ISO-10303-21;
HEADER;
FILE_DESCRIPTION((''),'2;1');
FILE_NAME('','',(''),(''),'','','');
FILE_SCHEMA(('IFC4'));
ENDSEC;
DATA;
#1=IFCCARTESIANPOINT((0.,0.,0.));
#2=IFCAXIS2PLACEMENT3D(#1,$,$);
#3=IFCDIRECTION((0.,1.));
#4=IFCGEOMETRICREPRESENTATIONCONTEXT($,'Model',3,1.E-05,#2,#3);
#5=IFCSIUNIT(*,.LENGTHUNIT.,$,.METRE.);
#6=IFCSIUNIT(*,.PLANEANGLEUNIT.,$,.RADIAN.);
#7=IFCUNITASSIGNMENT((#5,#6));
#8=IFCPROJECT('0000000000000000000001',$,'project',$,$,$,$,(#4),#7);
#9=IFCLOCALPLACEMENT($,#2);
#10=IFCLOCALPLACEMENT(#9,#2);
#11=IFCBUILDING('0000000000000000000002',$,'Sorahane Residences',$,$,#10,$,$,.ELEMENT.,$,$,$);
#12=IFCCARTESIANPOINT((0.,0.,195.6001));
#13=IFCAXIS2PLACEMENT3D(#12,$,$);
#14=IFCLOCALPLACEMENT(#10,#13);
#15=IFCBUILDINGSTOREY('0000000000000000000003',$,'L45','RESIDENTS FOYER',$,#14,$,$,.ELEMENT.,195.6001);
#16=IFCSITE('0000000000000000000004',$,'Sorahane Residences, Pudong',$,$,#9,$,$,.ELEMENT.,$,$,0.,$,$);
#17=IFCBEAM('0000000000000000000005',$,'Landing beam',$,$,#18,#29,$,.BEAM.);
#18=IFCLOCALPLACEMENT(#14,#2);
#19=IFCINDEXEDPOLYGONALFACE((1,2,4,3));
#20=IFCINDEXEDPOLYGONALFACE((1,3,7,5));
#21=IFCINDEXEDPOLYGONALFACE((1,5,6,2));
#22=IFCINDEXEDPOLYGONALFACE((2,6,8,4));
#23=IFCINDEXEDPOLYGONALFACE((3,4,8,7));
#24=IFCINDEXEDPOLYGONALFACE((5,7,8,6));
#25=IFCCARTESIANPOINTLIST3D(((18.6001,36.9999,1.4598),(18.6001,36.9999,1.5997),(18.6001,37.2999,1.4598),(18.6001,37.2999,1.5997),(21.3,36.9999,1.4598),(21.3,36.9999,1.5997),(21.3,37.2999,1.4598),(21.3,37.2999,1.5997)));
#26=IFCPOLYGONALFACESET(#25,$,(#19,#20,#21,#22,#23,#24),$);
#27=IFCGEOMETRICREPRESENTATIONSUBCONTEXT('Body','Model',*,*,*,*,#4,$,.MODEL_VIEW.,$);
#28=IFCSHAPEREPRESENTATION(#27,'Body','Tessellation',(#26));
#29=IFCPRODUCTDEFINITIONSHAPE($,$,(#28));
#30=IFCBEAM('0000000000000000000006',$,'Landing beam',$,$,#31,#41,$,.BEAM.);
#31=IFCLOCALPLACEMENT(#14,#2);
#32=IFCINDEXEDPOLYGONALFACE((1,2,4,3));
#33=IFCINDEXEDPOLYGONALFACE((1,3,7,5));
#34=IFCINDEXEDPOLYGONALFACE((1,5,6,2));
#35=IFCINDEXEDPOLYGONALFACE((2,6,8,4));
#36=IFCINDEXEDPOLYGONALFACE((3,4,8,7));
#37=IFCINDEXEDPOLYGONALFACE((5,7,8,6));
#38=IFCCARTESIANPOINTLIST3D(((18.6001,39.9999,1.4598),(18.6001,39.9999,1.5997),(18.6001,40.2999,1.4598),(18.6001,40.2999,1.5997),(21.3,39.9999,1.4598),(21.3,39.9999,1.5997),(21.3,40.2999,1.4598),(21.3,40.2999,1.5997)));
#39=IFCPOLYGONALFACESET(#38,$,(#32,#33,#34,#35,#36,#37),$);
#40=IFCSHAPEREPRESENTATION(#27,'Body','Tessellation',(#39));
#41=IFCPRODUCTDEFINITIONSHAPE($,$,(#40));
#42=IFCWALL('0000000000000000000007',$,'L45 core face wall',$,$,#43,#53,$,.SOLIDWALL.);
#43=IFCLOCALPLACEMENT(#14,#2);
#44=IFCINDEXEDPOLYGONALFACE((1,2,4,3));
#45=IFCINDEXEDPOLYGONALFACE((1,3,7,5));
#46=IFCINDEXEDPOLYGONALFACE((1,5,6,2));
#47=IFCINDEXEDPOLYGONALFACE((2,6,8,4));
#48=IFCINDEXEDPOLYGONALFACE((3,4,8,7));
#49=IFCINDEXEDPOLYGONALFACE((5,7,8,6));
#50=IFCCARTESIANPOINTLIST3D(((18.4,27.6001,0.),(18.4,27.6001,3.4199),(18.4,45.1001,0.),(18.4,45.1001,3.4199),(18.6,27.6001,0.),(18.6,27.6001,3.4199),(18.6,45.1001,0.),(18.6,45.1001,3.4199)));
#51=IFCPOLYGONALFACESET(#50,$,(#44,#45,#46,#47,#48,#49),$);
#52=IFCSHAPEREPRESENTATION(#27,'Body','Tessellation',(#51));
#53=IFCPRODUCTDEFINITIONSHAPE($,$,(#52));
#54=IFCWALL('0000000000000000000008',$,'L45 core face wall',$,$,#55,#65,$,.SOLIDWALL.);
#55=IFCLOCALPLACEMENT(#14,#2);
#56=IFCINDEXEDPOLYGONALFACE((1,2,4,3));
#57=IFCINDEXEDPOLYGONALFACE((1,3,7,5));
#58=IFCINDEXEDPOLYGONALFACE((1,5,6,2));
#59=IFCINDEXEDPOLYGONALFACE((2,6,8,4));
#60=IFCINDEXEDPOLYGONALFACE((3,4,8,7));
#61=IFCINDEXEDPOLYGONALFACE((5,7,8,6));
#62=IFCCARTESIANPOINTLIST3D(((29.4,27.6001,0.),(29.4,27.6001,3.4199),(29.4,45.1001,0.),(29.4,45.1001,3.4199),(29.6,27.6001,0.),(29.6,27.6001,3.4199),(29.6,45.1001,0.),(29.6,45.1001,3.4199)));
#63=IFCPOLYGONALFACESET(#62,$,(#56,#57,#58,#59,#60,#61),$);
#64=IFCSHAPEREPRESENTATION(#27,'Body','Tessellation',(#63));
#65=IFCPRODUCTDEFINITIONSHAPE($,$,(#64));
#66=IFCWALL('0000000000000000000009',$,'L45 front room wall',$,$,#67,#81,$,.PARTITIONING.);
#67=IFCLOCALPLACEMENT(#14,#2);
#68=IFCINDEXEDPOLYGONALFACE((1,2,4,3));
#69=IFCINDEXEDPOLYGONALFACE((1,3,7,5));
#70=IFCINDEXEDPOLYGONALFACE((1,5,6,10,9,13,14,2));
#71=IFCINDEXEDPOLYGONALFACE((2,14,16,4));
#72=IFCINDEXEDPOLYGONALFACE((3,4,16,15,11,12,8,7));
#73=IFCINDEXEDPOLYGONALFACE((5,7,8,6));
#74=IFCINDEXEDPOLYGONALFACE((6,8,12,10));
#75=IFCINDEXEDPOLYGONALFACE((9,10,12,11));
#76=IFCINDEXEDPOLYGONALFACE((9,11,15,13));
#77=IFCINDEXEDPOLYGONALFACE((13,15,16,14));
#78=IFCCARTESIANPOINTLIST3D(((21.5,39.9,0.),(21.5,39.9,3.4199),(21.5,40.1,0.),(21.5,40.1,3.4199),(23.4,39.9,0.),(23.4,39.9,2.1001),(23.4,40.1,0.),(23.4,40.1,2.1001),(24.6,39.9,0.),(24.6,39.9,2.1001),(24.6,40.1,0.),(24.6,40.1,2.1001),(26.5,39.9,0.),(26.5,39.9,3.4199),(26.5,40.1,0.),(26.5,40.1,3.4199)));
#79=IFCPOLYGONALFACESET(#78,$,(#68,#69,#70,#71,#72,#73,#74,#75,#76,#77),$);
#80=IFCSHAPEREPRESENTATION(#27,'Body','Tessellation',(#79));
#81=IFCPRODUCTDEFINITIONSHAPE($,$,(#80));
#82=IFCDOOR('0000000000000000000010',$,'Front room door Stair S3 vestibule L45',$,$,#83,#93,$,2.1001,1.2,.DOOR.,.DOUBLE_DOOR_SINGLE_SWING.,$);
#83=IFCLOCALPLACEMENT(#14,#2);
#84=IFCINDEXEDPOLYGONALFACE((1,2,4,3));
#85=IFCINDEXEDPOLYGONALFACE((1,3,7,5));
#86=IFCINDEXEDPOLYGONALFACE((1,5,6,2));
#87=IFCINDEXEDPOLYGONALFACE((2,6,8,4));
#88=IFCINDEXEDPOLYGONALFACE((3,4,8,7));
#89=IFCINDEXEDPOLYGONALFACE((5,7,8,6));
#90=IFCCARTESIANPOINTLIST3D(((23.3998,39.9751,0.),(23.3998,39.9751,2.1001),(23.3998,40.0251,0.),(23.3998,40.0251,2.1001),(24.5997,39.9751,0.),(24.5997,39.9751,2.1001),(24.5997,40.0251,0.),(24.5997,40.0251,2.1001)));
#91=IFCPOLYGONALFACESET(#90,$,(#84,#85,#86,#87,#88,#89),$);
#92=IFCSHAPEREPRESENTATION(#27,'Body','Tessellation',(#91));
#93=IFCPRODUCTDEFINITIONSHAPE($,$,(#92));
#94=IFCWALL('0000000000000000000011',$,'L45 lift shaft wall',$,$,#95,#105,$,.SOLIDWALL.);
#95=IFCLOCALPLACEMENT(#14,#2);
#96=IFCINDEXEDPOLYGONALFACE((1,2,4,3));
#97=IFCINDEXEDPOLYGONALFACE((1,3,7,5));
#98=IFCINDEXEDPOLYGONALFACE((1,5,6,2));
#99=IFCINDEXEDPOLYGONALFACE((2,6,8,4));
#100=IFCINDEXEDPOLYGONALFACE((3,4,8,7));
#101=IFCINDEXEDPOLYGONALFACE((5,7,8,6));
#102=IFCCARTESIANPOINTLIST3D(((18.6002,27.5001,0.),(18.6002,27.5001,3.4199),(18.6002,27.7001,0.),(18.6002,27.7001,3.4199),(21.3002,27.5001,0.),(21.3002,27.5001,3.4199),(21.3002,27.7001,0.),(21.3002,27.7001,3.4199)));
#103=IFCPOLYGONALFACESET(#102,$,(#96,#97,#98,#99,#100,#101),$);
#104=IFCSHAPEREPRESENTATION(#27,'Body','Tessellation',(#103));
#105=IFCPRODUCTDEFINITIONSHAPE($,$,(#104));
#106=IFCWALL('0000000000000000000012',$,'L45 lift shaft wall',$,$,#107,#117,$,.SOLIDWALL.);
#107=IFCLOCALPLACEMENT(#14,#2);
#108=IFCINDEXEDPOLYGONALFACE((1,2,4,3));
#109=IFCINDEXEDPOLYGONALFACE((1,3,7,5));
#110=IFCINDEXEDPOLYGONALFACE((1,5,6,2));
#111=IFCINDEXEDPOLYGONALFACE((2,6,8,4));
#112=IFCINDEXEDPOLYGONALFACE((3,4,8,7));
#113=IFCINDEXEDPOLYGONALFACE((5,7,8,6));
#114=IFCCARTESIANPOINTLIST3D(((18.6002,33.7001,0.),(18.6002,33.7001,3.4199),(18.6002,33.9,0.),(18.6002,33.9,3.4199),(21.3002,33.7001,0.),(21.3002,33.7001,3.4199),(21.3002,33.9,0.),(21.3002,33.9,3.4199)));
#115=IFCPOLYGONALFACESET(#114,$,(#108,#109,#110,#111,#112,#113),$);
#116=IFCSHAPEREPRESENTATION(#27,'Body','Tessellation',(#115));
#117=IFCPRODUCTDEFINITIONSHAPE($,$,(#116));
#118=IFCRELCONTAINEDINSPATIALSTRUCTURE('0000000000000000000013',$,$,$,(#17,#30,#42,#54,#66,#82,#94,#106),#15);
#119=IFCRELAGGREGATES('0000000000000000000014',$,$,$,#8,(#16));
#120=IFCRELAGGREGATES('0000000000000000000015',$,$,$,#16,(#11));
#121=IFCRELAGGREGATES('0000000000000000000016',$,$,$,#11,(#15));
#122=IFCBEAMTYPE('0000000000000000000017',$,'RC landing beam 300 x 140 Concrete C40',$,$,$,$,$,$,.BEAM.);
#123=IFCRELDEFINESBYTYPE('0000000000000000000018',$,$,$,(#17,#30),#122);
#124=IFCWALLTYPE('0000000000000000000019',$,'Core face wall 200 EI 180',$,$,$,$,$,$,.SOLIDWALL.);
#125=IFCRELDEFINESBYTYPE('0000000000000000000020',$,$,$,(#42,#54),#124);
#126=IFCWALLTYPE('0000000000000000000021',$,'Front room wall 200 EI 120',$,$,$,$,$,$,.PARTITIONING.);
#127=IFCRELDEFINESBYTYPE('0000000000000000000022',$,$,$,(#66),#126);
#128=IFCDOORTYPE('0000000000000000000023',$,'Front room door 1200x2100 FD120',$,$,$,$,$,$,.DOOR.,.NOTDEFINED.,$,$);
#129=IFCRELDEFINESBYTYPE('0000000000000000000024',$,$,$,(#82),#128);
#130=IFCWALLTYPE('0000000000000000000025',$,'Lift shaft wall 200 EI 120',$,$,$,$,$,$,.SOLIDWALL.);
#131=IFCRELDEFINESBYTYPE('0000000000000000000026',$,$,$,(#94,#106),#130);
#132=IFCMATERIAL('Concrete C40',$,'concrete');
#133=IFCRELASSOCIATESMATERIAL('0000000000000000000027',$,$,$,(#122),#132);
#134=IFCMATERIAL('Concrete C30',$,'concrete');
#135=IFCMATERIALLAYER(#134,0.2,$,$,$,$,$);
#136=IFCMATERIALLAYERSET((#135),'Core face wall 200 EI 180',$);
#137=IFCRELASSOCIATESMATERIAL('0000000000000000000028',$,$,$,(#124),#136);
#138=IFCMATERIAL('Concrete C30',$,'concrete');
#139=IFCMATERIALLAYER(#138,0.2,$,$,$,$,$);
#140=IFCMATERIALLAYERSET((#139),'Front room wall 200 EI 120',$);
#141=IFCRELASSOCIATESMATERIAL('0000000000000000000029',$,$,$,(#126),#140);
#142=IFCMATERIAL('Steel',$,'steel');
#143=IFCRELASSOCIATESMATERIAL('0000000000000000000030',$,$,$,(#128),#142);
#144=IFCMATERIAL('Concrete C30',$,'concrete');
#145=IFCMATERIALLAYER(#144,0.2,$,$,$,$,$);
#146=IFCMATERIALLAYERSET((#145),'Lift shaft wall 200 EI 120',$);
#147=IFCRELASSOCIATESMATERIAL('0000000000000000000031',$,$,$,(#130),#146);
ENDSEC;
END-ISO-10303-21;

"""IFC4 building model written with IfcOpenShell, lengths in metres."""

from ifc_helpers import new_model, si_unit, direction, frame, frame_2d, origin, origin_2d, place, context, subcontext, project, spatial, rectangle, extrude, material, layer, layer_set, material_profile, profile_set, type_object, element, fill, save


model = new_model("IFC4")

# Units and contexts
model_context = context("Model", 3, precision=1e-05, world=origin(), true_north=direction((0.0, 1.0)))
body_context = subcontext(model_context, "Body", "Model", "MODEL_VIEW")
ifc_project = project(units=[si_unit("LENGTHUNIT", "METRE"), si_unit("PLANEANGLEUNIT", "RADIAN")], contexts=[model_context])

# Site, building, storey
site_placement = place(None, origin())
site = spatial("IfcSite", under=ifc_project, at=site_placement, Name="Sorahane Residences, Pudong", CompositionType="ELEMENT", RefElevation=0.0)
building_placement = place(site_placement, origin())
building = spatial("IfcBuilding", under=site, at=building_placement, Name="Sorahane Residences", CompositionType="ELEMENT")
storey_placement = place(building_placement, frame((0.0, 0.0, 195.6001)))
storey = spatial("IfcBuildingStorey", under=building, at=storey_placement, Name="L45", Description="RESIDENTS FOYER", CompositionType="ELEMENT", Elevation=195.6001)

# Beams
ifc_material_1 = material(Name="Concrete C40", Category="concrete")
ifc_material_profile = material_profile(ifc_material_1, rectangle(XDim=0.3, YDim=0.1399, at=origin_2d()), Name="300x140")
ifc_profile_set = profile_set([ifc_material_profile], Name="Concrete C40")
beam_type = type_object("IfcBeamType", Name="RC landing beam 300 x 140 Concrete C40", PredefinedType="BEAM", material=ifc_profile_set)
for number, where, z_axis, x_axis, name in (
    (1, (18.6001, 37.1499, 1.5298), (1.0, 0.0, 0.0), (0.0, 1.0, 0.0), "Landing beam"),
    (2, (18.6001, 40.1499, 1.5298), (1.0, 0.0, 0.0), (0.0, 1.0, 0.0), "Landing beam"),
):
    element("IfcBeam", number, at=place(storey_placement, frame(where, z_axis=z_axis, x_axis=x_axis)), inside=storey, type_object=beam_type, Name=name, PredefinedType="BEAM", context=body_context, shape_type="SweptSolid", body=[
        extrude(rectangle(XDim=0.3, YDim=0.1399, at=origin_2d()), origin(), (0.0, 0.0, 1.0), 2.7),
    ])

# Walls
ifc_material_2 = material(Name="Concrete C30", Category="concrete")
ifc_layer_1 = layer(ifc_material_2, 0.2)
ifc_layer_set_1 = layer_set([ifc_layer_1], Name="Core face wall 200 EI 180")
wall_type_1 = type_object("IfcWallType", Name="Core face wall 200 EI 180", PredefinedType="SOLIDWALL", material=ifc_layer_set_1)
for number, where, z_axis, x_axis, name in (
    (3, (18.5, 27.6001, 0.0), (0.0, 0.0, 1.0), (0.0, 1.0, 0.0), "L45 core face wall"),
    (4, (29.5, 27.6001, 0.0), (0.0, 0.0, 1.0), (0.0, 1.0, 0.0), "L45 core face wall"),
):
    element("IfcWall", number, at=place(storey_placement, frame(where, z_axis=z_axis, x_axis=x_axis)), inside=storey, type_object=wall_type_1, Name=name, PredefinedType="SOLIDWALL", context=body_context, shape_type="SweptSolid", body=[
        extrude(rectangle(XDim=17.5, YDim=0.2, at=frame_2d((8.75, 0.0))), origin(), (0.0, 0.0, 1.0), 3.4199),
    ])

# Wall, opening, door
ifc_material_3 = material(Name="Concrete C30", Category="concrete")
ifc_layer_2 = layer(ifc_material_3, 0.2)
ifc_layer_set_2 = layer_set([ifc_layer_2], Name="Front room wall 200 EI 120")
wall_type_2 = type_object("IfcWallType", Name="Front room wall 200 EI 120", PredefinedType="PARTITIONING", material=ifc_layer_set_2)
wall_1_placement = place(storey_placement, frame((21.5, 40.0, 0.0), z_axis=(0.0, 0.0, 1.0), x_axis=(1.0, 0.0, 0.0)))
wall_1 = element("IfcWall", 5, at=wall_1_placement, inside=storey, type_object=wall_type_2, Name="L45 front room wall", PredefinedType="PARTITIONING", context=body_context, shape_type="SweptSolid", body=[
    extrude(rectangle(XDim=5.0, YDim=0.2, at=frame_2d((2.5, 0.0))), origin(), (0.0, 0.0, 1.0), 3.4199),
])
opening_1_placement = place(wall_1_placement, frame((1.8999, 0.0, 0.0)))
opening_1 = element("IfcOpeningElement", 6, at=opening_1_placement, cuts=wall_1, PredefinedType="OPENING", context=body_context, shape_type="SweptSolid", body=[
    extrude(rectangle(XDim=1.2, YDim=2.1001, at=frame_2d((0.6001, 1.05))), frame((0.0, 0.1099, 0.0), z_axis=(0.0, -1.0, 0.0), x_axis=(1.0, 0.0, 0.0)), (0.0, 0.0, 1.0), 0.22),
])
ifc_material_4 = material(Name="Steel", Category="steel")
door_type_1 = type_object("IfcDoorType", Name="Front room door 1200x2100 FD120", OperationType="NOTDEFINED", PredefinedType="DOOR", material=ifc_material_4)
door_1_placement = place(opening_1_placement, frame((1.2, 0.0, 0.0), z_axis=(0.0, 0.0, 1.0), x_axis=(-1.0, 0.0, 0.0)))
door_1 = element("IfcDoor", 7, at=door_1_placement, inside=storey, type_object=door_type_1, Name="Front room door Stair S3 vestibule L45", OperationType="DOUBLE_DOOR_SINGLE_SWING", OverallHeight=2.1001, OverallWidth=1.2, PredefinedType="DOOR", context=body_context, shape_type="SweptSolid", body=[
    extrude(rectangle(XDim=1.2, YDim=2.1001, at=frame_2d((0.6001, 1.05))), frame((0.0, 0.0249, 0.0), z_axis=(0.0, -1.0, 0.0), x_axis=(1.0, 0.0, 0.0)), (0.0, 0.0, 1.0), 0.05),
])
fill(opening_1, door_1)

# Walls
ifc_material_5 = material(Name="Concrete C30", Category="concrete")
ifc_layer_3 = layer(ifc_material_5, 0.2)
ifc_layer_set_3 = layer_set([ifc_layer_3], Name="Lift shaft wall 200 EI 120")
wall_type_3 = type_object("IfcWallType", Name="Lift shaft wall 200 EI 120", PredefinedType="SOLIDWALL", material=ifc_layer_set_3)
for number, where, z_axis, x_axis, name in (
    (8, (18.6001, 27.6001, 0.0), (0.0, 0.0, 1.0), (1.0, 0.0, 0.0), "L45 lift shaft wall"),
    (9, (18.6001, 33.8, 0.0), (0.0, 0.0, 1.0), (1.0, 0.0, 0.0), "L45 lift shaft wall"),
):
    element("IfcWall", number, at=place(storey_placement, frame(where, z_axis=z_axis, x_axis=x_axis)), inside=storey, type_object=wall_type_3, Name=name, PredefinedType="SOLIDWALL", context=body_context, shape_type="SweptSolid", body=[
        extrude(rectangle(XDim=2.7, YDim=0.2, at=frame_2d((1.3501, 0.0))), origin(), (0.0, 0.0, 1.0), 3.4199),
    ])

save(model, "model.ifc")
